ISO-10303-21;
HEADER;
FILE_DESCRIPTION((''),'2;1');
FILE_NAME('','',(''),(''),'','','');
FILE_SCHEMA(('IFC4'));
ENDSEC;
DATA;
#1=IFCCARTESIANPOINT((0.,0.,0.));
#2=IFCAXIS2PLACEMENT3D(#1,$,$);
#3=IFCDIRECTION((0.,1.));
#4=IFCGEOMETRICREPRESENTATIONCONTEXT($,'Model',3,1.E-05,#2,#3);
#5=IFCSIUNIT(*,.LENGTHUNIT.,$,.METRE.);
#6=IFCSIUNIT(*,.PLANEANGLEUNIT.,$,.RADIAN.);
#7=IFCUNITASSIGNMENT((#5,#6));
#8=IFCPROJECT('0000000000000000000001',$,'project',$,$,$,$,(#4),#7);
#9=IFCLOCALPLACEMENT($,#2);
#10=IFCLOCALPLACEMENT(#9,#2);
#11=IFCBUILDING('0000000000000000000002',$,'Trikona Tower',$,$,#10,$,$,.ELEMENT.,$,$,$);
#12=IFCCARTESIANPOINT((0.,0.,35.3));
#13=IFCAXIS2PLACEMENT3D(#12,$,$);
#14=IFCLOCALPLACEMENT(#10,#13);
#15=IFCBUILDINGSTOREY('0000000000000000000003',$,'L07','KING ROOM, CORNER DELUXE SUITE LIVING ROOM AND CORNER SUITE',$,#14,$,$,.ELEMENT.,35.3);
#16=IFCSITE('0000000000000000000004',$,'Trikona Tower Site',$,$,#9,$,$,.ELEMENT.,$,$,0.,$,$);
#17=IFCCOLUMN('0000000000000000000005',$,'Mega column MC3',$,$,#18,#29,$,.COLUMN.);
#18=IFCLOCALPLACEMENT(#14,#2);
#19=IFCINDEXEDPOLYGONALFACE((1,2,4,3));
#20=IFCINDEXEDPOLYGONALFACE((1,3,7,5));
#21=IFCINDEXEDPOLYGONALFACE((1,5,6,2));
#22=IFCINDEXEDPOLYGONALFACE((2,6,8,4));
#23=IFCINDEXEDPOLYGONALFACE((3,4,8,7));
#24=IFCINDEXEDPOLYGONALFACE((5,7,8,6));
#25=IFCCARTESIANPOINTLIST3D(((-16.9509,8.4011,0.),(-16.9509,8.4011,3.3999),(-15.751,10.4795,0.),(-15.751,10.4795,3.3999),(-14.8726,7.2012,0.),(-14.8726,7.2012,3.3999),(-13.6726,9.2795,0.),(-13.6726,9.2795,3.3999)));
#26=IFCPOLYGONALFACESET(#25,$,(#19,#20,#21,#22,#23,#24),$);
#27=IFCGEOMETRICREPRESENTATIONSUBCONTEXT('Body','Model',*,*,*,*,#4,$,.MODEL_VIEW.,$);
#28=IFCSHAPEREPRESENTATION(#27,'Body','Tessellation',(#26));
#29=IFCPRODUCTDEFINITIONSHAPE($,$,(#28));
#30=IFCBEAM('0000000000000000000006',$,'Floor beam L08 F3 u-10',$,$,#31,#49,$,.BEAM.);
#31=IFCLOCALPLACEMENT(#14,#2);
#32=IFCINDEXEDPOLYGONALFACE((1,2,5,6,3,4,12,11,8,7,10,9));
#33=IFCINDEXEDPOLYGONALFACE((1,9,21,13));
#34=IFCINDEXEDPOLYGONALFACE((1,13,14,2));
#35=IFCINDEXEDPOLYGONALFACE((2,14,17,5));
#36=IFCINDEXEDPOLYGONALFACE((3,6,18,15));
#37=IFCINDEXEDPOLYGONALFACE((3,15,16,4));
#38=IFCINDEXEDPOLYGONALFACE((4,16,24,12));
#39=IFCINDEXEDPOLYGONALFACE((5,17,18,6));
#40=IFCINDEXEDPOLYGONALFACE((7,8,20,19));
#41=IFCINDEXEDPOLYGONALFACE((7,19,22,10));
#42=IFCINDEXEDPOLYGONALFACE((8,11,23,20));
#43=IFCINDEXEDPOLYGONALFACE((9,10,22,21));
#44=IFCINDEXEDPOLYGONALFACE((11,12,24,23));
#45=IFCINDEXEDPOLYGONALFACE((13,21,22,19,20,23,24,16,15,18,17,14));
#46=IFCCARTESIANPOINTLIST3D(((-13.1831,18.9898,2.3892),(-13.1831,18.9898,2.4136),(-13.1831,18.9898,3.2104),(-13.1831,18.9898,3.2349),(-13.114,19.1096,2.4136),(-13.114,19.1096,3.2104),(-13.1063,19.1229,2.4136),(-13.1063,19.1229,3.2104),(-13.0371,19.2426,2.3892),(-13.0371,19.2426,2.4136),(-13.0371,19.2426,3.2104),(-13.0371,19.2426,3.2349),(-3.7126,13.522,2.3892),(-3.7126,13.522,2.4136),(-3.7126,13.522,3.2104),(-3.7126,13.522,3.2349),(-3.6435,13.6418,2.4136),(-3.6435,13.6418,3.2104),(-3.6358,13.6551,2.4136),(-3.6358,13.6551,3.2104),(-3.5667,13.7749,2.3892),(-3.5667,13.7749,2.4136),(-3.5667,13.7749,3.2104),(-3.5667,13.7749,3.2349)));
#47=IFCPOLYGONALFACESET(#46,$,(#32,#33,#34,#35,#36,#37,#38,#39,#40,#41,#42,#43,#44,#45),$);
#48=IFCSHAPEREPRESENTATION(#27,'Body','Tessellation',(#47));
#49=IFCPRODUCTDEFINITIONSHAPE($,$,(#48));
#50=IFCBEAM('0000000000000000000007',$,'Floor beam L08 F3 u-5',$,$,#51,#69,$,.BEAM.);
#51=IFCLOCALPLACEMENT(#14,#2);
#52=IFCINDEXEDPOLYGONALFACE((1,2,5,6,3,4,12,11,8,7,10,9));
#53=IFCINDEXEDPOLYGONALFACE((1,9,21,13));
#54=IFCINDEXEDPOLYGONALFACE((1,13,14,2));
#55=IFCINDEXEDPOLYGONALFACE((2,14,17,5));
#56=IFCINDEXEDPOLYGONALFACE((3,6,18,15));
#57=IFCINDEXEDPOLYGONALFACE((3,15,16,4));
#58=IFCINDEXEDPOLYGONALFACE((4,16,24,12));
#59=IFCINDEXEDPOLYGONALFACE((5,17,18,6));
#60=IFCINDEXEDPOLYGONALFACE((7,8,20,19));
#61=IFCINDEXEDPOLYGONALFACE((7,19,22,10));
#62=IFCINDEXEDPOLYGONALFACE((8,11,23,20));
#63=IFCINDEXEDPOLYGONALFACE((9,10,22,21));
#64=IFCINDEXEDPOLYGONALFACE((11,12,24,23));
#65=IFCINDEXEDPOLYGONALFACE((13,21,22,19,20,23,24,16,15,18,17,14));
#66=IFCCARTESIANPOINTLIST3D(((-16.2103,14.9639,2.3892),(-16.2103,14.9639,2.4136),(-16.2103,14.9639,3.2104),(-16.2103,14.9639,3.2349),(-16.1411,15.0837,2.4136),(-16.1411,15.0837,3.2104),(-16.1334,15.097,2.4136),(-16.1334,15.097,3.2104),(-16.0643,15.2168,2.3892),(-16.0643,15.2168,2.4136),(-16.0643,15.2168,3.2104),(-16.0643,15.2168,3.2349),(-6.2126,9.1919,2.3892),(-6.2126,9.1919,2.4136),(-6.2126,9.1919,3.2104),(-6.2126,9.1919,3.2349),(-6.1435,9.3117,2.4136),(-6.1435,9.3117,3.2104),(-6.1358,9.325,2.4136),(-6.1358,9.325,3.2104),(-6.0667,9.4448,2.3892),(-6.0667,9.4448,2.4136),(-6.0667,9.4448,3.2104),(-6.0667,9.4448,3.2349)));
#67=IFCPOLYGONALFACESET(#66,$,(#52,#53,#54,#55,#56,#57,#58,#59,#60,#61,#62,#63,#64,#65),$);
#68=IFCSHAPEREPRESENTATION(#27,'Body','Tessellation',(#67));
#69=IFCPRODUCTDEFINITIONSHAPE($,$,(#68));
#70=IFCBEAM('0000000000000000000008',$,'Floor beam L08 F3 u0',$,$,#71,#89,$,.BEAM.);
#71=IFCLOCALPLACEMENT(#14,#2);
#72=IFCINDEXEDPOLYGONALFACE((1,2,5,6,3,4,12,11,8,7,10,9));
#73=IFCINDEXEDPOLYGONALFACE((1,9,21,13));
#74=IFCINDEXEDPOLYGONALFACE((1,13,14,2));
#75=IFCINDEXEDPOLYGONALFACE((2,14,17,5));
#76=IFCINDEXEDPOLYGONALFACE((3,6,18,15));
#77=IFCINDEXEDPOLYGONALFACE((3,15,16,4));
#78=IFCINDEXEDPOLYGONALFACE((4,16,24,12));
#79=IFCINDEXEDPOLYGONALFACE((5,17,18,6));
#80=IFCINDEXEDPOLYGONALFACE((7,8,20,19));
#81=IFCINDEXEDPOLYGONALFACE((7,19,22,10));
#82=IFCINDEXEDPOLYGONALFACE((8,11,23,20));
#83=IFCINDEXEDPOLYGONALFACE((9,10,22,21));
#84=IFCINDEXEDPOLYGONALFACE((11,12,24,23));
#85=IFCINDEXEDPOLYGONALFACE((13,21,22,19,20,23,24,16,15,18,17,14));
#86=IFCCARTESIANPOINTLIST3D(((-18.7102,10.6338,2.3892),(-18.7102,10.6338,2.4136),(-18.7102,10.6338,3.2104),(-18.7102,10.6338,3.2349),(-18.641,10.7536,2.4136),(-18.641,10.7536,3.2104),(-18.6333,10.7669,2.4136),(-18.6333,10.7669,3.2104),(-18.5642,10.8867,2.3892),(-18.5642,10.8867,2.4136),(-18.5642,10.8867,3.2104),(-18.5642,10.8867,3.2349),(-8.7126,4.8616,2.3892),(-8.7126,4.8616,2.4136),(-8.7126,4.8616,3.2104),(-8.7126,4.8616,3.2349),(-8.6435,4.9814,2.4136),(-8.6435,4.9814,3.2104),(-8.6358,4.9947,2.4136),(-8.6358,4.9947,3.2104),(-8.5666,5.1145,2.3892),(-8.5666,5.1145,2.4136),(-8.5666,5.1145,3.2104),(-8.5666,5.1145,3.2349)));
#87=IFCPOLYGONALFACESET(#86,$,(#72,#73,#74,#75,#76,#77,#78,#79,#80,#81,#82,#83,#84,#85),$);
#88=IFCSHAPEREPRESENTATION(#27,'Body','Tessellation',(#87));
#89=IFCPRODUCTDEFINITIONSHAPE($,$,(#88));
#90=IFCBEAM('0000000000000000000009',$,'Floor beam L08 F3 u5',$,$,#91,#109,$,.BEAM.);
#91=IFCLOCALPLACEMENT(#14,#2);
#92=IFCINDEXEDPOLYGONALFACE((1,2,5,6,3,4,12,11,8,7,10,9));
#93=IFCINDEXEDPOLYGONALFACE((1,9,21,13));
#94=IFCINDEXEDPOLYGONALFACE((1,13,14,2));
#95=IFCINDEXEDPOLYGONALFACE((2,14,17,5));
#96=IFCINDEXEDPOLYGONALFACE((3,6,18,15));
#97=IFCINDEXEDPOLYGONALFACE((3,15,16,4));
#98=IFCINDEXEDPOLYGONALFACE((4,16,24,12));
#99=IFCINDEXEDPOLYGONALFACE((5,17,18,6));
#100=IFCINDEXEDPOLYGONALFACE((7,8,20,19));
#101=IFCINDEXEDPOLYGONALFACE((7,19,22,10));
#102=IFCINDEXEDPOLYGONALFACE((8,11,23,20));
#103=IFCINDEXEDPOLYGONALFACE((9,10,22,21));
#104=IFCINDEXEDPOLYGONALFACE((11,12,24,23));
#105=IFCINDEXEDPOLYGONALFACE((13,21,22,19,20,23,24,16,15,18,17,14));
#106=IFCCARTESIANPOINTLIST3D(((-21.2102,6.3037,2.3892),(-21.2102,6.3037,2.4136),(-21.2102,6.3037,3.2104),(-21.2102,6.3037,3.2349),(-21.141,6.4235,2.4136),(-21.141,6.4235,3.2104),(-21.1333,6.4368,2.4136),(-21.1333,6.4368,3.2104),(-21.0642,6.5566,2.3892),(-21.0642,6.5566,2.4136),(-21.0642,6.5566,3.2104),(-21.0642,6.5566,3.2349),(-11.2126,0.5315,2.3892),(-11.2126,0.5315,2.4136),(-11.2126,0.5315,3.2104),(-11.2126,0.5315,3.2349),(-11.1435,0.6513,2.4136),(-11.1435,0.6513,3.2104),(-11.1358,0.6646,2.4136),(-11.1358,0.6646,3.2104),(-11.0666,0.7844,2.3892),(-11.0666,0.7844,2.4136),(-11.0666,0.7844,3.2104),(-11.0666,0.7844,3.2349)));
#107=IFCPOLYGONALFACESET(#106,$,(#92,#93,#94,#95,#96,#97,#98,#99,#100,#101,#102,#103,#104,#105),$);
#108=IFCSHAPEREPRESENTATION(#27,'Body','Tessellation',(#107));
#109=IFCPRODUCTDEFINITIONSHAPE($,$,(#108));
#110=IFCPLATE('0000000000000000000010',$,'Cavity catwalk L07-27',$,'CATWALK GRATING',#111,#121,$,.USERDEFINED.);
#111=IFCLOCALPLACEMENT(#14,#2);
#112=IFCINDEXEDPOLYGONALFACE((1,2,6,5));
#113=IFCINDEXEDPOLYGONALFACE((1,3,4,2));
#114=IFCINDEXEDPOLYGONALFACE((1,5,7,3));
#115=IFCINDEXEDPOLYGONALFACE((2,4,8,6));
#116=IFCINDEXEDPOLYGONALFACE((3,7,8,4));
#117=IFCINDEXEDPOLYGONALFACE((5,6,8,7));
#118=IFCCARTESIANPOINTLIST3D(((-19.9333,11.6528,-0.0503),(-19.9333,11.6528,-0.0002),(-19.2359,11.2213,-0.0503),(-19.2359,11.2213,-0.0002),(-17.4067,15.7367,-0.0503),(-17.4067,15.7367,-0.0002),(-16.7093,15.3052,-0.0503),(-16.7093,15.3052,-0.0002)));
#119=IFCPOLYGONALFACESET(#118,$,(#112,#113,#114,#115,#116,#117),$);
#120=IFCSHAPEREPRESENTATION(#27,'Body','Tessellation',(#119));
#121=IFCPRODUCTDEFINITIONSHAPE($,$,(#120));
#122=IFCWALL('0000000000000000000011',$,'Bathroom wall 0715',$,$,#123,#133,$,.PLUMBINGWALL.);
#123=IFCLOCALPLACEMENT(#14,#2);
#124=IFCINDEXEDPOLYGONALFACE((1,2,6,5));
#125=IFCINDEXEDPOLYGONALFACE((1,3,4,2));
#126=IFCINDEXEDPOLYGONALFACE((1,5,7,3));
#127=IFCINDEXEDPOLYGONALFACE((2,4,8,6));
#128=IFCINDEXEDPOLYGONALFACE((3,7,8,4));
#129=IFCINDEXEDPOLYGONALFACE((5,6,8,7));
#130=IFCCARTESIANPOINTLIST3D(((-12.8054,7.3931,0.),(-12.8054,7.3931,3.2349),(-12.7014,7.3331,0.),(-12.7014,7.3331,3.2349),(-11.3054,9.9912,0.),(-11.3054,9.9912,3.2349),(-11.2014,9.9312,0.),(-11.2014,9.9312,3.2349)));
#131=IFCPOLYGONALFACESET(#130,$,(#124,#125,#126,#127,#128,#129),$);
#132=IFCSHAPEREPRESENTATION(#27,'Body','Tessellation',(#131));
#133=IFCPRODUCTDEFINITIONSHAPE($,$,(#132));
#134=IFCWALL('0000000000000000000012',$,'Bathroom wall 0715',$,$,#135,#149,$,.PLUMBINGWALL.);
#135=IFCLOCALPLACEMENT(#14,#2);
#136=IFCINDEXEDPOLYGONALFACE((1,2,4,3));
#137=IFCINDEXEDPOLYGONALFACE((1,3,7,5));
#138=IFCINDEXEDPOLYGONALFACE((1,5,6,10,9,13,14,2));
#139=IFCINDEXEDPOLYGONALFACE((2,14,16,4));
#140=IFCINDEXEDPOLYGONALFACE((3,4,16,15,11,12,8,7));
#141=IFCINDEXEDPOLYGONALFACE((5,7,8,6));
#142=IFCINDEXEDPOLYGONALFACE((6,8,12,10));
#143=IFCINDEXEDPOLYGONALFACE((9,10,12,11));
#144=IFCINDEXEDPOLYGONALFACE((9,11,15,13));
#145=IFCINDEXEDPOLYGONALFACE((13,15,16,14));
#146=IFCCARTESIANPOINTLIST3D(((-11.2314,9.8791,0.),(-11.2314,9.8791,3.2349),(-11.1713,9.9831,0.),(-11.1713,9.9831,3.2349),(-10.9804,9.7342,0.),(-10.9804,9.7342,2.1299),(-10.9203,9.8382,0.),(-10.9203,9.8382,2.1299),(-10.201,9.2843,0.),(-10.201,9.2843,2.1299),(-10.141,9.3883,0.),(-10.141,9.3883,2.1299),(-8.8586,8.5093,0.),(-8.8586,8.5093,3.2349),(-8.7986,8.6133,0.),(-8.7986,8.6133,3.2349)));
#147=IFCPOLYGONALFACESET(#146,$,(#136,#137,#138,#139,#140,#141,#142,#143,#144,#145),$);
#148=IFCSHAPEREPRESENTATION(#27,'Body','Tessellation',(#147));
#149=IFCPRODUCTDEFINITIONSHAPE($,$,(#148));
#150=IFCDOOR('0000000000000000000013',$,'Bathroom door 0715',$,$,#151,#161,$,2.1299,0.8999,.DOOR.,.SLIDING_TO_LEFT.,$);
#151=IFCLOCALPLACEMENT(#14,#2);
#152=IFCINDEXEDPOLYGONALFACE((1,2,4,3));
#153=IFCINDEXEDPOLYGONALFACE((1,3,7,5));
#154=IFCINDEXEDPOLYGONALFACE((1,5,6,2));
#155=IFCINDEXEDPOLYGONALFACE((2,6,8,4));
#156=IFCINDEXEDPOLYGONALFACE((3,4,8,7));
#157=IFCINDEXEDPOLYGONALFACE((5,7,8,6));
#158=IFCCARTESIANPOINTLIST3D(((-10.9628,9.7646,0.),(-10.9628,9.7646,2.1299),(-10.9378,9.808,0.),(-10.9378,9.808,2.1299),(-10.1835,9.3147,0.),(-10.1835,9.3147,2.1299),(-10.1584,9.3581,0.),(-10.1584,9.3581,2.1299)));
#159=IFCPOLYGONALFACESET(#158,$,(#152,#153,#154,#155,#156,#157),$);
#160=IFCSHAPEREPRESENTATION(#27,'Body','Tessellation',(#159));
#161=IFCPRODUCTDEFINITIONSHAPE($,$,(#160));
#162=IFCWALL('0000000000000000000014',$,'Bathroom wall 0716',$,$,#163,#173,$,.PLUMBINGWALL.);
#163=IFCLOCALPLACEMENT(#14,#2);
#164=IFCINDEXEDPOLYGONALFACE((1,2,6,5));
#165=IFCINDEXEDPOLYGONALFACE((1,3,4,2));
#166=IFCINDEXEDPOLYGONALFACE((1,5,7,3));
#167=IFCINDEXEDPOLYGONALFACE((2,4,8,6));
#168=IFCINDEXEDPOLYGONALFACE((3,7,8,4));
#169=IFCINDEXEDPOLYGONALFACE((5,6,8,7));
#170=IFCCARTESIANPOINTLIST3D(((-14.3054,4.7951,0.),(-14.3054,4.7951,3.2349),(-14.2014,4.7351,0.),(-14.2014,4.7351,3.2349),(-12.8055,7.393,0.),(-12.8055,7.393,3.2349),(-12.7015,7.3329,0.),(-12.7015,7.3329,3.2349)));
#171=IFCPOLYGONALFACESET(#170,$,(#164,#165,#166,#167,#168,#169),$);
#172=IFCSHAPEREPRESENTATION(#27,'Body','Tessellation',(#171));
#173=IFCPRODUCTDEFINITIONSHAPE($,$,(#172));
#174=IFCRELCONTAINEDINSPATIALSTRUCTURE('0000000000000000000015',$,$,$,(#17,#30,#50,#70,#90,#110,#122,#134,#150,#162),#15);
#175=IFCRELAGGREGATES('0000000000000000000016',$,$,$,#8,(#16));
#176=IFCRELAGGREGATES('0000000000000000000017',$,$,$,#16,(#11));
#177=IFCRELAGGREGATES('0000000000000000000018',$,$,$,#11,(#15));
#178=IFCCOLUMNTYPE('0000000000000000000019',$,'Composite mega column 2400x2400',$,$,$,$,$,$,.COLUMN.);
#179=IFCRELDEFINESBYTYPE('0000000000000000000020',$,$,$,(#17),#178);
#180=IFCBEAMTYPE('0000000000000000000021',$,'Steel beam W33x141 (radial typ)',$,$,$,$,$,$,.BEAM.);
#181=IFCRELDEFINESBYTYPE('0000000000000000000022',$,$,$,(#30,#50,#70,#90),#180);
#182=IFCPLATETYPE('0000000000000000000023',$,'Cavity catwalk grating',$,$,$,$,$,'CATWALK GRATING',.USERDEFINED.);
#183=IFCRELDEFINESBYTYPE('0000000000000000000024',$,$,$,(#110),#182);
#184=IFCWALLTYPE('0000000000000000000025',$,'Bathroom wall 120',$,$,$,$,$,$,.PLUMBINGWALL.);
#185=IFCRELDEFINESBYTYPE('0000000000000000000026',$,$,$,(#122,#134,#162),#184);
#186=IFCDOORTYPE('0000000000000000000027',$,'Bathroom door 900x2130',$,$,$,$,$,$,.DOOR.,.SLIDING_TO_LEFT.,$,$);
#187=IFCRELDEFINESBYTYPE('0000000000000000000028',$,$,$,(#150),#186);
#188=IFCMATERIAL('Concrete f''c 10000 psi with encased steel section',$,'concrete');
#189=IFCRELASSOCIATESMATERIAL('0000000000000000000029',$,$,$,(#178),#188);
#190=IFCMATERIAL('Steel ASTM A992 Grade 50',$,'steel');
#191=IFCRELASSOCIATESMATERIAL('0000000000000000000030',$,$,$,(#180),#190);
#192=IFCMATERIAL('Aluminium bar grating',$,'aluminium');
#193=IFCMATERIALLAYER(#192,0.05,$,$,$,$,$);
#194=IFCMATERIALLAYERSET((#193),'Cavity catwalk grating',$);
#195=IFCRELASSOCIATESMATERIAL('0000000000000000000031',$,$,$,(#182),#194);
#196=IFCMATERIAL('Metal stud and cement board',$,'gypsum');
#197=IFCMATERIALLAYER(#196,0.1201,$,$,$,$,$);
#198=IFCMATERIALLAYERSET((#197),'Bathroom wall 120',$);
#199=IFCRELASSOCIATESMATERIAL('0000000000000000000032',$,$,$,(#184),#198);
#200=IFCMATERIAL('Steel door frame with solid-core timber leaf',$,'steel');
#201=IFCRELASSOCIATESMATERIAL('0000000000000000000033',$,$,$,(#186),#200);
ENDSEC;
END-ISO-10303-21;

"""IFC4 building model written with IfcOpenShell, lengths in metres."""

from ifc_helpers import new_model, si_unit, direction, frame, frame_2d, origin, origin_2d, place, context, subcontext, project, spatial, rectangle, i_section, extrude, material, layer, layer_set, material_profile, profile_set, type_object, element, fill, save


model = new_model("IFC4")

# Units and contexts
model_context = context("Model", 3, precision=1e-05, world=origin(), true_north=direction((0.0, 1.0)))
body_context = subcontext(model_context, "Body", "Model", "MODEL_VIEW")
ifc_project = project(units=[si_unit("LENGTHUNIT", "METRE"), si_unit("PLANEANGLEUNIT", "RADIAN")], contexts=[model_context])

# Site, building, storey
site_placement = place(None, origin())
site = spatial("IfcSite", under=ifc_project, at=site_placement, Name="Trikona Tower Site", CompositionType="ELEMENT", RefElevation=0.0)
building_placement = place(site_placement, origin())
building = spatial("IfcBuilding", under=site, at=building_placement, Name="Trikona Tower", CompositionType="ELEMENT")
storey_placement = place(building_placement, frame((0.0, 0.0, 35.3)))
storey = spatial("IfcBuildingStorey", under=building, at=storey_placement, Name="L07", Description="KING ROOM, CORNER DELUXE SUITE LIVING ROOM AND CORNER SUITE", CompositionType="ELEMENT", Elevation=35.3)

# Column
ifc_material_1 = material(Name="Concrete f'c 10000 psi with encased steel section", Category="concrete")
ifc_material_profile_1 = material_profile(ifc_material_1, rectangle(XDim=2.3999, YDim=2.3999, at=origin_2d()), Name="MC2400")
ifc_profile_set_1 = profile_set([ifc_material_profile_1], Name="Concrete f'c 10000 psi with encased steel section")
column_type = type_object("IfcColumnType", Name="Composite mega column 2400x2400", PredefinedType="COLUMN", material=ifc_profile_set_1)
column_placement = place(storey_placement, frame((-15.3118, 8.8403, 0.0), z_axis=(0.0, 0.0, 1.0), x_axis=(-0.866025, 0.5, 0.0)))
element("IfcColumn", 1, at=column_placement, inside=storey, type_object=column_type, Name="Mega column MC3", PredefinedType="COLUMN", context=body_context, shape_type="SweptSolid", body=[
    extrude(rectangle(XDim=2.3999, YDim=2.3999, at=origin_2d()), origin(), (0.0, 0.0, 1.0), 3.3999),
])

# Beams
ifc_material_2 = material(Name="Steel ASTM A992 Grade 50", Category="steel")
ifc_material_profile_2 = material_profile(ifc_material_2, i_section(OverallWidth=0.292, OverallDepth=0.8457, WebThickness=0.0154, FlangeThickness=0.0244, at=origin_2d()), Name="W33X141")
ifc_profile_set_2 = profile_set([ifc_material_profile_2], Name="Steel ASTM A992 Grade 50")
beam_type = type_object("IfcBeamType", Name="Steel beam W33x141 (radial typ)", PredefinedType="BEAM", material=ifc_profile_set_2)
beam_placement = place(storey_placement, frame((-3.6396, 13.6484, 2.812), z_axis=(-0.866025, 0.5, 0.0), x_axis=(-0.5, -0.866025, 0.0)))
element("IfcBeam", 2, at=beam_placement, inside=storey, type_object=beam_type, Name="Floor beam L08 F3 u-10", PredefinedType="BEAM", context=body_context, shape_type="SweptSolid", body=[
    extrude(i_section(OverallWidth=0.292, OverallDepth=0.8457, WebThickness=0.0154, FlangeThickness=0.0244, at=origin_2d()), origin(), (0.0, 0.0, 1.0), 10.9355),
])
for number, where, z_axis, x_axis, name in (
    (3, (-6.1396, 9.3184, 2.812), (-0.86603, 0.499992, 0.0), (-0.499992, -0.86603, 0.0), "Floor beam L08 F3 u-5"),
    (4, (-8.6396, 4.988, 2.812), (-0.866021, 0.500008, 0.0), (-0.500008, -0.866021, 0.0), "Floor beam L08 F3 u0"),
    (5, (-11.1396, 0.658, 2.812), (-0.866021, 0.500008, 0.0), (-0.500008, -0.866021, 0.0), "Floor beam L08 F3 u5"),
):
    element("IfcBeam", number, at=place(storey_placement, frame(where, z_axis=z_axis, x_axis=x_axis)), inside=storey, type_object=beam_type, Name=name, PredefinedType="BEAM", context=body_context, shape_type="SweptSolid", body=[
        extrude(i_section(OverallWidth=0.292, OverallDepth=0.8457, WebThickness=0.0154, FlangeThickness=0.0244, at=origin_2d()), origin(), (0.0, 0.0, 1.0), 11.5442),
    ])

# Plate
ifc_material_3 = material(Name="Aluminium bar grating", Category="aluminium")
ifc_layer_1 = layer(ifc_material_3, 0.05)
ifc_layer_set_1 = layer_set([ifc_layer_1], Name="Cavity catwalk grating")
plate_type = type_object("IfcPlateType", Name="Cavity catwalk grating", ElementType="CATWALK GRATING", PredefinedType="USERDEFINED", material=ifc_layer_set_1)
plate_placement = place(storey_placement, frame((-18.3213, 13.479, -0.0503), z_axis=(0.0, 0.0, 1.0), x_axis=(-0.526119, -0.850411, 0.0)))
element("IfcPlate", 6, at=plate_placement, inside=storey, type_object=plate_type, Name="Cavity catwalk L07-27", ObjectType="CATWALK GRATING", PredefinedType="USERDEFINED", context=body_context, shape_type="SweptSolid", body=[
    extrude(rectangle(XDim=4.8022, YDim=0.8201, at=origin_2d()), origin(), (0.0, 0.0, 1.0), 0.05),
])

# Wall
ifc_material_4 = material(Name="Metal stud and cement board", Category="gypsum")
ifc_layer_2 = layer(ifc_material_4, 0.1201)
ifc_layer_set_2 = layer_set([ifc_layer_2], Name="Bathroom wall 120")
wall_type_1 = type_object("IfcWallType", Name="Bathroom wall 120", PredefinedType="PLUMBINGWALL", material=ifc_layer_set_2)
wall_1_placement = place(storey_placement, frame((-11.2534, 9.9612, 0.0), z_axis=(0.0, 0.0, 1.0), x_axis=(-0.49999, -0.866031, 0.0)))
element("IfcWall", 7, at=wall_1_placement, inside=storey, type_object=wall_type_1, Name="Bathroom wall 0715", PredefinedType="PLUMBINGWALL", context=body_context, shape_type="SweptSolid", body=[
    extrude(rectangle(XDim=3.0, YDim=0.1201, at=frame_2d((1.5, 0.0))), origin(), (0.0, 0.0, 1.0), 3.2349),
])

# Wall, opening, door
wall_2_placement = place(storey_placement, frame((-8.8286, 8.5613, 0.0), z_axis=(0.0, 0.0, 1.0), x_axis=(-0.866036, 0.499982, 0.0)))
wall_2 = element("IfcWall", 8, at=wall_2_placement, inside=storey, type_object=wall_type_1, Name="Bathroom wall 0715", PredefinedType="PLUMBINGWALL", context=body_context, shape_type="SweptSolid", body=[
    extrude(rectangle(XDim=2.7397, YDim=0.1201, at=frame_2d((1.3699, 0.0))), origin(), (0.0, 0.0, 1.0), 3.2349),
])
opening_1_placement = place(wall_2_placement, frame((1.55, 0.0, 0.0)))
opening_1 = element("IfcOpeningElement", 9, at=opening_1_placement, cuts=wall_2, PredefinedType="OPENING", context=body_context, shape_type="SweptSolid", body=[
    extrude(rectangle(XDim=0.8999, YDim=2.1299, at=frame_2d((0.45, 1.0649))), frame((0.0, 0.0701, 0.0), z_axis=(0.0, -1.0, 0.0), x_axis=(1.0, 0.0, 0.0)), (0.0, 0.0, 1.0), 0.1401),
])
ifc_material_5 = material(Name="Steel door frame with solid-core timber leaf", Category="steel")
door_type_1 = type_object("IfcDoorType", Name="Bathroom door 900x2130", OperationType="SLIDING_TO_LEFT", PredefinedType="DOOR", material=ifc_material_5)
door_1_placement = place(opening_1_placement, origin())
door_1 = element("IfcDoor", 10, at=door_1_placement, inside=storey, type_object=door_type_1, Name="Bathroom door 0715", OperationType="SLIDING_TO_LEFT", OverallHeight=2.1299, OverallWidth=0.8999, PredefinedType="DOOR", context=body_context, shape_type="SweptSolid", body=[
    extrude(rectangle(XDim=0.8999, YDim=2.1299, at=frame_2d((0.45, 1.0649))), frame((0.0, 0.0249, 0.0), z_axis=(0.0, -1.0, 0.0), x_axis=(1.0, 0.0, 0.0)), (0.0, 0.0, 1.0), 0.05),
])
fill(opening_1, door_1)

# Wall
wall_3_placement = place(storey_placement, frame((-12.7534, 7.363, 0.0), z_axis=(0.0, 0.0, 1.0), x_axis=(-0.500025, -0.866011, 0.0)))
element("IfcWall", 11, at=wall_3_placement, inside=storey, type_object=wall_type_1, Name="Bathroom wall 0716", PredefinedType="PLUMBINGWALL", context=body_context, shape_type="SweptSolid", body=[
    extrude(rectangle(XDim=2.9998, YDim=0.1201, at=frame_2d((1.5, 0.0))), origin(), (0.0, 0.0, 1.0), 3.2349),
])

save(model, "model.ifc")
